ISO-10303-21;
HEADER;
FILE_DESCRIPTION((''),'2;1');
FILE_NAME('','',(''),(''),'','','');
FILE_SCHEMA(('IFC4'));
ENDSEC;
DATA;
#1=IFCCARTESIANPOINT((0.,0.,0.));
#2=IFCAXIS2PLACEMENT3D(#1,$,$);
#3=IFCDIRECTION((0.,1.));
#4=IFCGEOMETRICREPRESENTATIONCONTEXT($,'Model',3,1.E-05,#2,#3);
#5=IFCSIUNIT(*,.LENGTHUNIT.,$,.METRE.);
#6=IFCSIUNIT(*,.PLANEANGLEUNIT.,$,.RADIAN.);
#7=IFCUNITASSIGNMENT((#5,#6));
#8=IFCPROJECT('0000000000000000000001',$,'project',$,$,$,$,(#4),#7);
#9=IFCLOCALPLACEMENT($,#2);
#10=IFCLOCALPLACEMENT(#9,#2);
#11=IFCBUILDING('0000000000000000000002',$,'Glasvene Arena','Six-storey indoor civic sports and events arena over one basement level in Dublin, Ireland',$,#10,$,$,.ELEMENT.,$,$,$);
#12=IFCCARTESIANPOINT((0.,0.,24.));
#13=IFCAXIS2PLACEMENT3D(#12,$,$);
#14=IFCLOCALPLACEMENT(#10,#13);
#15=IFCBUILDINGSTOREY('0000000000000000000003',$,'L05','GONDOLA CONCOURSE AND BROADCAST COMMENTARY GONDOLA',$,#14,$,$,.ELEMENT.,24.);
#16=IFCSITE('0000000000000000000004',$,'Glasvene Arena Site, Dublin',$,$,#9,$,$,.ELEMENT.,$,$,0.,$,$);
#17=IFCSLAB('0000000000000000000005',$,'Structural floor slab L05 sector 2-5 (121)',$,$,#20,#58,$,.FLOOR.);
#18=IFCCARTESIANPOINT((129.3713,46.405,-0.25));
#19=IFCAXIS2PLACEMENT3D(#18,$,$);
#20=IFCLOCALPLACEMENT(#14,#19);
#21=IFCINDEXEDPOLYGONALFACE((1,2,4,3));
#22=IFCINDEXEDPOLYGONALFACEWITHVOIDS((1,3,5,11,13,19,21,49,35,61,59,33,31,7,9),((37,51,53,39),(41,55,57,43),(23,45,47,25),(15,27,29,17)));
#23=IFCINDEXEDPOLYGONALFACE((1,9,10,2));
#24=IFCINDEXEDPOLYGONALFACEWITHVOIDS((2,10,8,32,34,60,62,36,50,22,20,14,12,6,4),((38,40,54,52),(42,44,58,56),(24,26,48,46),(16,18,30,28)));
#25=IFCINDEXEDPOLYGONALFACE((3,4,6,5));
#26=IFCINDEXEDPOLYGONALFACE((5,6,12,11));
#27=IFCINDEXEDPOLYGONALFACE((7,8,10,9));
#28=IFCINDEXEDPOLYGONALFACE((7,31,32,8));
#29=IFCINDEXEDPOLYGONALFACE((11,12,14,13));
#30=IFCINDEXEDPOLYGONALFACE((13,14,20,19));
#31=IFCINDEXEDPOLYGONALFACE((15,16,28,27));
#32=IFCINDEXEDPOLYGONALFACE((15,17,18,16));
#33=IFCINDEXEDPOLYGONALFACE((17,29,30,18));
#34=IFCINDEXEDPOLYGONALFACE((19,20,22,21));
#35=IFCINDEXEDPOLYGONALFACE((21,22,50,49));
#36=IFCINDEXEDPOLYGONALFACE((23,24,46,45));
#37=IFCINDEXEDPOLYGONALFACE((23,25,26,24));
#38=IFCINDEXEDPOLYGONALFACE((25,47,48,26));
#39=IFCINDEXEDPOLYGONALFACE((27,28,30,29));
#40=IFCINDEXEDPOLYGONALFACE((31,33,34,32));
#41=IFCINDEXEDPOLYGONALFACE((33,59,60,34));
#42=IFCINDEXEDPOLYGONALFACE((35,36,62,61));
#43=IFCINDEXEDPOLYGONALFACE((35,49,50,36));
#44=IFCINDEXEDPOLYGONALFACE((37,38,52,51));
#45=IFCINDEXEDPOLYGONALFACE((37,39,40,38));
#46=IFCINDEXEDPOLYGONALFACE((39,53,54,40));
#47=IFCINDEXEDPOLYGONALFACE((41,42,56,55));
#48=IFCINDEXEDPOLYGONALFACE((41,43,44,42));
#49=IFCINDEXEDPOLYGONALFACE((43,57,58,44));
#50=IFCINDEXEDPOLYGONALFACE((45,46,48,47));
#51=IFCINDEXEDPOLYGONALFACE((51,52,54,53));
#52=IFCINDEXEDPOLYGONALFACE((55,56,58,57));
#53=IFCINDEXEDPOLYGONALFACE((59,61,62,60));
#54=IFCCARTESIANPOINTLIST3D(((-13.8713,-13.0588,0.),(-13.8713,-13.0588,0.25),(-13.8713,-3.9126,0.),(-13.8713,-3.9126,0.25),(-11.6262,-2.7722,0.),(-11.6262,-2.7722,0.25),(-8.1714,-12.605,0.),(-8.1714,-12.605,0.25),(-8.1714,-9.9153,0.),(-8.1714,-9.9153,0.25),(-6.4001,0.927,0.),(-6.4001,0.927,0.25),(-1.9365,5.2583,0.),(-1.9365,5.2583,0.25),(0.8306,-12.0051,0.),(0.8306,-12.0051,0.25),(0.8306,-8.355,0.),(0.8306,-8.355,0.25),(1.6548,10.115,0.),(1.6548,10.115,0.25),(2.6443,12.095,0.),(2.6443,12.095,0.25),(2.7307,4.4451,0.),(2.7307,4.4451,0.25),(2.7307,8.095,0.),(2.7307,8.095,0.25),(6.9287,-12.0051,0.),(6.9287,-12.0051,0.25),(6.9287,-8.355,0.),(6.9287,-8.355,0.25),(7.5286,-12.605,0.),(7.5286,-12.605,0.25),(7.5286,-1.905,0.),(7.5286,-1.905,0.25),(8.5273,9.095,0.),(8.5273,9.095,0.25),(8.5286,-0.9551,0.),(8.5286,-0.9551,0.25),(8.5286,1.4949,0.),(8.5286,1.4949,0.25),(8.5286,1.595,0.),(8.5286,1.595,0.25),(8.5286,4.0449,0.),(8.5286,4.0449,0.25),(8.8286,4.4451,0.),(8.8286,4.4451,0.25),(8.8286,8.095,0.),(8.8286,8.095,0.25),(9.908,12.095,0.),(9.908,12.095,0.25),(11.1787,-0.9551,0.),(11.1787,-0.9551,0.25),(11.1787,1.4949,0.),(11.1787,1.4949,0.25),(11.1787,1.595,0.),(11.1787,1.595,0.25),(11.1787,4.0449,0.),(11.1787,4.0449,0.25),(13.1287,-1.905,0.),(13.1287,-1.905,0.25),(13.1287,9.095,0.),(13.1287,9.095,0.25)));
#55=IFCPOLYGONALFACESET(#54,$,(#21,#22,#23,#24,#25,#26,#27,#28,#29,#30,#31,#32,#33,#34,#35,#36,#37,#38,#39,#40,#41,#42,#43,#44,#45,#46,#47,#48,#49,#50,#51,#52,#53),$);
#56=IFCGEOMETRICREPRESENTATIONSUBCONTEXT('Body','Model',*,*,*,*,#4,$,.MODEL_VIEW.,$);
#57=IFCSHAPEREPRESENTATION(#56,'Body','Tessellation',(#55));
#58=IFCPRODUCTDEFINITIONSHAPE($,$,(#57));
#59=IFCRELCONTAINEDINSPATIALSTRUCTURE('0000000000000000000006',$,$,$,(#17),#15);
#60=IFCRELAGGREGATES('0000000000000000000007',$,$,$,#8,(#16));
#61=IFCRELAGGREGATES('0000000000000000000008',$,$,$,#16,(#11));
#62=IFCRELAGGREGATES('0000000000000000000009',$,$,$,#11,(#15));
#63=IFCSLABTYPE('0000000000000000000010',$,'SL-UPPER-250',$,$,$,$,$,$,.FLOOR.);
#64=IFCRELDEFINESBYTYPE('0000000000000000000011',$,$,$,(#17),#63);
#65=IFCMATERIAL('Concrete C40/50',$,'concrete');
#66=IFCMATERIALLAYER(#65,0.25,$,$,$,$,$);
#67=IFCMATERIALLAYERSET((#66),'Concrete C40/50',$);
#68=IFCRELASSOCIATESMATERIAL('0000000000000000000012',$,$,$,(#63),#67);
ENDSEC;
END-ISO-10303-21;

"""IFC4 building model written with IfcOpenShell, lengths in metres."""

from ifc_helpers import new_model, si_unit, direction, frame, origin, place, context, subcontext, project, spatial, polyline, outline, extrude, material, layer, layer_set, type_object, element, save


model = new_model("IFC4")

# Units and contexts
model_context = context("Model", 3, precision=1e-05, world=origin(), true_north=direction((0.0, 1.0)))
body_context = subcontext(model_context, "Body", "Model", "MODEL_VIEW")
ifc_project = project(units=[si_unit("LENGTHUNIT", "METRE"), si_unit("PLANEANGLEUNIT", "RADIAN")], contexts=[model_context])

# Site, building, storey
site_placement = place(None, origin())
site = spatial("IfcSite", under=ifc_project, at=site_placement, Name="Glasvene Arena Site, Dublin", CompositionType="ELEMENT", RefElevation=0.0)
building_placement = place(site_placement, origin())
building = spatial("IfcBuilding", under=site, at=building_placement, Name="Glasvene Arena", Description="Six-storey indoor civic sports and events arena over one basement level in Dublin, Ireland", CompositionType="ELEMENT")
storey_placement = place(building_placement, frame((0.0, 0.0, 24.0)))
storey = spatial("IfcBuildingStorey", under=building, at=storey_placement, Name="L05", Description="GONDOLA CONCOURSE AND BROADCAST COMMENTARY GONDOLA", CompositionType="ELEMENT", Elevation=24.0)

# Shared definitions
ifc_material_1 = material(Name="Concrete C40/50", Category="concrete")

# Slab
ifc_layer_1 = layer(ifc_material_1, 0.25)
ifc_layer_set_1 = layer_set([ifc_layer_1], Name="Concrete C40/50")
slab_type_1 = type_object("IfcSlabType", Name="SL-UPPER-250", PredefinedType="FLOOR", material=ifc_layer_set_1)
slab_1_placement = place(storey_placement, frame((129.3713, 46.405, -0.25)))
element("IfcSlab", 1, at=slab_1_placement, inside=storey, type_object=slab_type_1, Name="Structural floor slab L05 sector 2-5 (121)", PredefinedType="FLOOR", context=body_context, shape_type="SweptSolid", body=[
    extrude(outline(polyline([(13.1287, 9.095), (13.1287, -1.905), (7.5286, -1.905), (7.5286, -12.605), (-8.1714, -12.605), (-8.1714, -9.9153), (-13.8713, -13.0588), (-13.8713, -3.9126), (-11.6262, -2.7722), (-6.4001, 0.927), (-1.9365, 5.2583), (1.6548, 10.115), (2.6443, 12.095), (9.908, 12.095), (8.5273, 9.095), (13.1287, 9.095)]), holes=[polyline([(0.8306, -8.355), (0.8306, -12.0051), (6.9287, -12.0051), (6.9287, -8.355), (0.8306, -8.355)]), polyline([(11.1787, 1.4949), (8.5286, 1.4949), (8.5286, -0.9551), (11.1787, -0.9551), (11.1787, 1.4949)]), polyline([(11.1787, 4.0449), (8.5286, 4.0449), (8.5286, 1.595), (11.1787, 1.595), (11.1787, 4.0449)]), polyline([(8.8286, 8.095), (2.7307, 8.095), (2.7307, 4.4451), (8.8286, 4.4451), (8.8286, 8.095)])]), origin(), (0.0, 0.0, 1.0), 0.25),
])

save(model, "model.ifc")
